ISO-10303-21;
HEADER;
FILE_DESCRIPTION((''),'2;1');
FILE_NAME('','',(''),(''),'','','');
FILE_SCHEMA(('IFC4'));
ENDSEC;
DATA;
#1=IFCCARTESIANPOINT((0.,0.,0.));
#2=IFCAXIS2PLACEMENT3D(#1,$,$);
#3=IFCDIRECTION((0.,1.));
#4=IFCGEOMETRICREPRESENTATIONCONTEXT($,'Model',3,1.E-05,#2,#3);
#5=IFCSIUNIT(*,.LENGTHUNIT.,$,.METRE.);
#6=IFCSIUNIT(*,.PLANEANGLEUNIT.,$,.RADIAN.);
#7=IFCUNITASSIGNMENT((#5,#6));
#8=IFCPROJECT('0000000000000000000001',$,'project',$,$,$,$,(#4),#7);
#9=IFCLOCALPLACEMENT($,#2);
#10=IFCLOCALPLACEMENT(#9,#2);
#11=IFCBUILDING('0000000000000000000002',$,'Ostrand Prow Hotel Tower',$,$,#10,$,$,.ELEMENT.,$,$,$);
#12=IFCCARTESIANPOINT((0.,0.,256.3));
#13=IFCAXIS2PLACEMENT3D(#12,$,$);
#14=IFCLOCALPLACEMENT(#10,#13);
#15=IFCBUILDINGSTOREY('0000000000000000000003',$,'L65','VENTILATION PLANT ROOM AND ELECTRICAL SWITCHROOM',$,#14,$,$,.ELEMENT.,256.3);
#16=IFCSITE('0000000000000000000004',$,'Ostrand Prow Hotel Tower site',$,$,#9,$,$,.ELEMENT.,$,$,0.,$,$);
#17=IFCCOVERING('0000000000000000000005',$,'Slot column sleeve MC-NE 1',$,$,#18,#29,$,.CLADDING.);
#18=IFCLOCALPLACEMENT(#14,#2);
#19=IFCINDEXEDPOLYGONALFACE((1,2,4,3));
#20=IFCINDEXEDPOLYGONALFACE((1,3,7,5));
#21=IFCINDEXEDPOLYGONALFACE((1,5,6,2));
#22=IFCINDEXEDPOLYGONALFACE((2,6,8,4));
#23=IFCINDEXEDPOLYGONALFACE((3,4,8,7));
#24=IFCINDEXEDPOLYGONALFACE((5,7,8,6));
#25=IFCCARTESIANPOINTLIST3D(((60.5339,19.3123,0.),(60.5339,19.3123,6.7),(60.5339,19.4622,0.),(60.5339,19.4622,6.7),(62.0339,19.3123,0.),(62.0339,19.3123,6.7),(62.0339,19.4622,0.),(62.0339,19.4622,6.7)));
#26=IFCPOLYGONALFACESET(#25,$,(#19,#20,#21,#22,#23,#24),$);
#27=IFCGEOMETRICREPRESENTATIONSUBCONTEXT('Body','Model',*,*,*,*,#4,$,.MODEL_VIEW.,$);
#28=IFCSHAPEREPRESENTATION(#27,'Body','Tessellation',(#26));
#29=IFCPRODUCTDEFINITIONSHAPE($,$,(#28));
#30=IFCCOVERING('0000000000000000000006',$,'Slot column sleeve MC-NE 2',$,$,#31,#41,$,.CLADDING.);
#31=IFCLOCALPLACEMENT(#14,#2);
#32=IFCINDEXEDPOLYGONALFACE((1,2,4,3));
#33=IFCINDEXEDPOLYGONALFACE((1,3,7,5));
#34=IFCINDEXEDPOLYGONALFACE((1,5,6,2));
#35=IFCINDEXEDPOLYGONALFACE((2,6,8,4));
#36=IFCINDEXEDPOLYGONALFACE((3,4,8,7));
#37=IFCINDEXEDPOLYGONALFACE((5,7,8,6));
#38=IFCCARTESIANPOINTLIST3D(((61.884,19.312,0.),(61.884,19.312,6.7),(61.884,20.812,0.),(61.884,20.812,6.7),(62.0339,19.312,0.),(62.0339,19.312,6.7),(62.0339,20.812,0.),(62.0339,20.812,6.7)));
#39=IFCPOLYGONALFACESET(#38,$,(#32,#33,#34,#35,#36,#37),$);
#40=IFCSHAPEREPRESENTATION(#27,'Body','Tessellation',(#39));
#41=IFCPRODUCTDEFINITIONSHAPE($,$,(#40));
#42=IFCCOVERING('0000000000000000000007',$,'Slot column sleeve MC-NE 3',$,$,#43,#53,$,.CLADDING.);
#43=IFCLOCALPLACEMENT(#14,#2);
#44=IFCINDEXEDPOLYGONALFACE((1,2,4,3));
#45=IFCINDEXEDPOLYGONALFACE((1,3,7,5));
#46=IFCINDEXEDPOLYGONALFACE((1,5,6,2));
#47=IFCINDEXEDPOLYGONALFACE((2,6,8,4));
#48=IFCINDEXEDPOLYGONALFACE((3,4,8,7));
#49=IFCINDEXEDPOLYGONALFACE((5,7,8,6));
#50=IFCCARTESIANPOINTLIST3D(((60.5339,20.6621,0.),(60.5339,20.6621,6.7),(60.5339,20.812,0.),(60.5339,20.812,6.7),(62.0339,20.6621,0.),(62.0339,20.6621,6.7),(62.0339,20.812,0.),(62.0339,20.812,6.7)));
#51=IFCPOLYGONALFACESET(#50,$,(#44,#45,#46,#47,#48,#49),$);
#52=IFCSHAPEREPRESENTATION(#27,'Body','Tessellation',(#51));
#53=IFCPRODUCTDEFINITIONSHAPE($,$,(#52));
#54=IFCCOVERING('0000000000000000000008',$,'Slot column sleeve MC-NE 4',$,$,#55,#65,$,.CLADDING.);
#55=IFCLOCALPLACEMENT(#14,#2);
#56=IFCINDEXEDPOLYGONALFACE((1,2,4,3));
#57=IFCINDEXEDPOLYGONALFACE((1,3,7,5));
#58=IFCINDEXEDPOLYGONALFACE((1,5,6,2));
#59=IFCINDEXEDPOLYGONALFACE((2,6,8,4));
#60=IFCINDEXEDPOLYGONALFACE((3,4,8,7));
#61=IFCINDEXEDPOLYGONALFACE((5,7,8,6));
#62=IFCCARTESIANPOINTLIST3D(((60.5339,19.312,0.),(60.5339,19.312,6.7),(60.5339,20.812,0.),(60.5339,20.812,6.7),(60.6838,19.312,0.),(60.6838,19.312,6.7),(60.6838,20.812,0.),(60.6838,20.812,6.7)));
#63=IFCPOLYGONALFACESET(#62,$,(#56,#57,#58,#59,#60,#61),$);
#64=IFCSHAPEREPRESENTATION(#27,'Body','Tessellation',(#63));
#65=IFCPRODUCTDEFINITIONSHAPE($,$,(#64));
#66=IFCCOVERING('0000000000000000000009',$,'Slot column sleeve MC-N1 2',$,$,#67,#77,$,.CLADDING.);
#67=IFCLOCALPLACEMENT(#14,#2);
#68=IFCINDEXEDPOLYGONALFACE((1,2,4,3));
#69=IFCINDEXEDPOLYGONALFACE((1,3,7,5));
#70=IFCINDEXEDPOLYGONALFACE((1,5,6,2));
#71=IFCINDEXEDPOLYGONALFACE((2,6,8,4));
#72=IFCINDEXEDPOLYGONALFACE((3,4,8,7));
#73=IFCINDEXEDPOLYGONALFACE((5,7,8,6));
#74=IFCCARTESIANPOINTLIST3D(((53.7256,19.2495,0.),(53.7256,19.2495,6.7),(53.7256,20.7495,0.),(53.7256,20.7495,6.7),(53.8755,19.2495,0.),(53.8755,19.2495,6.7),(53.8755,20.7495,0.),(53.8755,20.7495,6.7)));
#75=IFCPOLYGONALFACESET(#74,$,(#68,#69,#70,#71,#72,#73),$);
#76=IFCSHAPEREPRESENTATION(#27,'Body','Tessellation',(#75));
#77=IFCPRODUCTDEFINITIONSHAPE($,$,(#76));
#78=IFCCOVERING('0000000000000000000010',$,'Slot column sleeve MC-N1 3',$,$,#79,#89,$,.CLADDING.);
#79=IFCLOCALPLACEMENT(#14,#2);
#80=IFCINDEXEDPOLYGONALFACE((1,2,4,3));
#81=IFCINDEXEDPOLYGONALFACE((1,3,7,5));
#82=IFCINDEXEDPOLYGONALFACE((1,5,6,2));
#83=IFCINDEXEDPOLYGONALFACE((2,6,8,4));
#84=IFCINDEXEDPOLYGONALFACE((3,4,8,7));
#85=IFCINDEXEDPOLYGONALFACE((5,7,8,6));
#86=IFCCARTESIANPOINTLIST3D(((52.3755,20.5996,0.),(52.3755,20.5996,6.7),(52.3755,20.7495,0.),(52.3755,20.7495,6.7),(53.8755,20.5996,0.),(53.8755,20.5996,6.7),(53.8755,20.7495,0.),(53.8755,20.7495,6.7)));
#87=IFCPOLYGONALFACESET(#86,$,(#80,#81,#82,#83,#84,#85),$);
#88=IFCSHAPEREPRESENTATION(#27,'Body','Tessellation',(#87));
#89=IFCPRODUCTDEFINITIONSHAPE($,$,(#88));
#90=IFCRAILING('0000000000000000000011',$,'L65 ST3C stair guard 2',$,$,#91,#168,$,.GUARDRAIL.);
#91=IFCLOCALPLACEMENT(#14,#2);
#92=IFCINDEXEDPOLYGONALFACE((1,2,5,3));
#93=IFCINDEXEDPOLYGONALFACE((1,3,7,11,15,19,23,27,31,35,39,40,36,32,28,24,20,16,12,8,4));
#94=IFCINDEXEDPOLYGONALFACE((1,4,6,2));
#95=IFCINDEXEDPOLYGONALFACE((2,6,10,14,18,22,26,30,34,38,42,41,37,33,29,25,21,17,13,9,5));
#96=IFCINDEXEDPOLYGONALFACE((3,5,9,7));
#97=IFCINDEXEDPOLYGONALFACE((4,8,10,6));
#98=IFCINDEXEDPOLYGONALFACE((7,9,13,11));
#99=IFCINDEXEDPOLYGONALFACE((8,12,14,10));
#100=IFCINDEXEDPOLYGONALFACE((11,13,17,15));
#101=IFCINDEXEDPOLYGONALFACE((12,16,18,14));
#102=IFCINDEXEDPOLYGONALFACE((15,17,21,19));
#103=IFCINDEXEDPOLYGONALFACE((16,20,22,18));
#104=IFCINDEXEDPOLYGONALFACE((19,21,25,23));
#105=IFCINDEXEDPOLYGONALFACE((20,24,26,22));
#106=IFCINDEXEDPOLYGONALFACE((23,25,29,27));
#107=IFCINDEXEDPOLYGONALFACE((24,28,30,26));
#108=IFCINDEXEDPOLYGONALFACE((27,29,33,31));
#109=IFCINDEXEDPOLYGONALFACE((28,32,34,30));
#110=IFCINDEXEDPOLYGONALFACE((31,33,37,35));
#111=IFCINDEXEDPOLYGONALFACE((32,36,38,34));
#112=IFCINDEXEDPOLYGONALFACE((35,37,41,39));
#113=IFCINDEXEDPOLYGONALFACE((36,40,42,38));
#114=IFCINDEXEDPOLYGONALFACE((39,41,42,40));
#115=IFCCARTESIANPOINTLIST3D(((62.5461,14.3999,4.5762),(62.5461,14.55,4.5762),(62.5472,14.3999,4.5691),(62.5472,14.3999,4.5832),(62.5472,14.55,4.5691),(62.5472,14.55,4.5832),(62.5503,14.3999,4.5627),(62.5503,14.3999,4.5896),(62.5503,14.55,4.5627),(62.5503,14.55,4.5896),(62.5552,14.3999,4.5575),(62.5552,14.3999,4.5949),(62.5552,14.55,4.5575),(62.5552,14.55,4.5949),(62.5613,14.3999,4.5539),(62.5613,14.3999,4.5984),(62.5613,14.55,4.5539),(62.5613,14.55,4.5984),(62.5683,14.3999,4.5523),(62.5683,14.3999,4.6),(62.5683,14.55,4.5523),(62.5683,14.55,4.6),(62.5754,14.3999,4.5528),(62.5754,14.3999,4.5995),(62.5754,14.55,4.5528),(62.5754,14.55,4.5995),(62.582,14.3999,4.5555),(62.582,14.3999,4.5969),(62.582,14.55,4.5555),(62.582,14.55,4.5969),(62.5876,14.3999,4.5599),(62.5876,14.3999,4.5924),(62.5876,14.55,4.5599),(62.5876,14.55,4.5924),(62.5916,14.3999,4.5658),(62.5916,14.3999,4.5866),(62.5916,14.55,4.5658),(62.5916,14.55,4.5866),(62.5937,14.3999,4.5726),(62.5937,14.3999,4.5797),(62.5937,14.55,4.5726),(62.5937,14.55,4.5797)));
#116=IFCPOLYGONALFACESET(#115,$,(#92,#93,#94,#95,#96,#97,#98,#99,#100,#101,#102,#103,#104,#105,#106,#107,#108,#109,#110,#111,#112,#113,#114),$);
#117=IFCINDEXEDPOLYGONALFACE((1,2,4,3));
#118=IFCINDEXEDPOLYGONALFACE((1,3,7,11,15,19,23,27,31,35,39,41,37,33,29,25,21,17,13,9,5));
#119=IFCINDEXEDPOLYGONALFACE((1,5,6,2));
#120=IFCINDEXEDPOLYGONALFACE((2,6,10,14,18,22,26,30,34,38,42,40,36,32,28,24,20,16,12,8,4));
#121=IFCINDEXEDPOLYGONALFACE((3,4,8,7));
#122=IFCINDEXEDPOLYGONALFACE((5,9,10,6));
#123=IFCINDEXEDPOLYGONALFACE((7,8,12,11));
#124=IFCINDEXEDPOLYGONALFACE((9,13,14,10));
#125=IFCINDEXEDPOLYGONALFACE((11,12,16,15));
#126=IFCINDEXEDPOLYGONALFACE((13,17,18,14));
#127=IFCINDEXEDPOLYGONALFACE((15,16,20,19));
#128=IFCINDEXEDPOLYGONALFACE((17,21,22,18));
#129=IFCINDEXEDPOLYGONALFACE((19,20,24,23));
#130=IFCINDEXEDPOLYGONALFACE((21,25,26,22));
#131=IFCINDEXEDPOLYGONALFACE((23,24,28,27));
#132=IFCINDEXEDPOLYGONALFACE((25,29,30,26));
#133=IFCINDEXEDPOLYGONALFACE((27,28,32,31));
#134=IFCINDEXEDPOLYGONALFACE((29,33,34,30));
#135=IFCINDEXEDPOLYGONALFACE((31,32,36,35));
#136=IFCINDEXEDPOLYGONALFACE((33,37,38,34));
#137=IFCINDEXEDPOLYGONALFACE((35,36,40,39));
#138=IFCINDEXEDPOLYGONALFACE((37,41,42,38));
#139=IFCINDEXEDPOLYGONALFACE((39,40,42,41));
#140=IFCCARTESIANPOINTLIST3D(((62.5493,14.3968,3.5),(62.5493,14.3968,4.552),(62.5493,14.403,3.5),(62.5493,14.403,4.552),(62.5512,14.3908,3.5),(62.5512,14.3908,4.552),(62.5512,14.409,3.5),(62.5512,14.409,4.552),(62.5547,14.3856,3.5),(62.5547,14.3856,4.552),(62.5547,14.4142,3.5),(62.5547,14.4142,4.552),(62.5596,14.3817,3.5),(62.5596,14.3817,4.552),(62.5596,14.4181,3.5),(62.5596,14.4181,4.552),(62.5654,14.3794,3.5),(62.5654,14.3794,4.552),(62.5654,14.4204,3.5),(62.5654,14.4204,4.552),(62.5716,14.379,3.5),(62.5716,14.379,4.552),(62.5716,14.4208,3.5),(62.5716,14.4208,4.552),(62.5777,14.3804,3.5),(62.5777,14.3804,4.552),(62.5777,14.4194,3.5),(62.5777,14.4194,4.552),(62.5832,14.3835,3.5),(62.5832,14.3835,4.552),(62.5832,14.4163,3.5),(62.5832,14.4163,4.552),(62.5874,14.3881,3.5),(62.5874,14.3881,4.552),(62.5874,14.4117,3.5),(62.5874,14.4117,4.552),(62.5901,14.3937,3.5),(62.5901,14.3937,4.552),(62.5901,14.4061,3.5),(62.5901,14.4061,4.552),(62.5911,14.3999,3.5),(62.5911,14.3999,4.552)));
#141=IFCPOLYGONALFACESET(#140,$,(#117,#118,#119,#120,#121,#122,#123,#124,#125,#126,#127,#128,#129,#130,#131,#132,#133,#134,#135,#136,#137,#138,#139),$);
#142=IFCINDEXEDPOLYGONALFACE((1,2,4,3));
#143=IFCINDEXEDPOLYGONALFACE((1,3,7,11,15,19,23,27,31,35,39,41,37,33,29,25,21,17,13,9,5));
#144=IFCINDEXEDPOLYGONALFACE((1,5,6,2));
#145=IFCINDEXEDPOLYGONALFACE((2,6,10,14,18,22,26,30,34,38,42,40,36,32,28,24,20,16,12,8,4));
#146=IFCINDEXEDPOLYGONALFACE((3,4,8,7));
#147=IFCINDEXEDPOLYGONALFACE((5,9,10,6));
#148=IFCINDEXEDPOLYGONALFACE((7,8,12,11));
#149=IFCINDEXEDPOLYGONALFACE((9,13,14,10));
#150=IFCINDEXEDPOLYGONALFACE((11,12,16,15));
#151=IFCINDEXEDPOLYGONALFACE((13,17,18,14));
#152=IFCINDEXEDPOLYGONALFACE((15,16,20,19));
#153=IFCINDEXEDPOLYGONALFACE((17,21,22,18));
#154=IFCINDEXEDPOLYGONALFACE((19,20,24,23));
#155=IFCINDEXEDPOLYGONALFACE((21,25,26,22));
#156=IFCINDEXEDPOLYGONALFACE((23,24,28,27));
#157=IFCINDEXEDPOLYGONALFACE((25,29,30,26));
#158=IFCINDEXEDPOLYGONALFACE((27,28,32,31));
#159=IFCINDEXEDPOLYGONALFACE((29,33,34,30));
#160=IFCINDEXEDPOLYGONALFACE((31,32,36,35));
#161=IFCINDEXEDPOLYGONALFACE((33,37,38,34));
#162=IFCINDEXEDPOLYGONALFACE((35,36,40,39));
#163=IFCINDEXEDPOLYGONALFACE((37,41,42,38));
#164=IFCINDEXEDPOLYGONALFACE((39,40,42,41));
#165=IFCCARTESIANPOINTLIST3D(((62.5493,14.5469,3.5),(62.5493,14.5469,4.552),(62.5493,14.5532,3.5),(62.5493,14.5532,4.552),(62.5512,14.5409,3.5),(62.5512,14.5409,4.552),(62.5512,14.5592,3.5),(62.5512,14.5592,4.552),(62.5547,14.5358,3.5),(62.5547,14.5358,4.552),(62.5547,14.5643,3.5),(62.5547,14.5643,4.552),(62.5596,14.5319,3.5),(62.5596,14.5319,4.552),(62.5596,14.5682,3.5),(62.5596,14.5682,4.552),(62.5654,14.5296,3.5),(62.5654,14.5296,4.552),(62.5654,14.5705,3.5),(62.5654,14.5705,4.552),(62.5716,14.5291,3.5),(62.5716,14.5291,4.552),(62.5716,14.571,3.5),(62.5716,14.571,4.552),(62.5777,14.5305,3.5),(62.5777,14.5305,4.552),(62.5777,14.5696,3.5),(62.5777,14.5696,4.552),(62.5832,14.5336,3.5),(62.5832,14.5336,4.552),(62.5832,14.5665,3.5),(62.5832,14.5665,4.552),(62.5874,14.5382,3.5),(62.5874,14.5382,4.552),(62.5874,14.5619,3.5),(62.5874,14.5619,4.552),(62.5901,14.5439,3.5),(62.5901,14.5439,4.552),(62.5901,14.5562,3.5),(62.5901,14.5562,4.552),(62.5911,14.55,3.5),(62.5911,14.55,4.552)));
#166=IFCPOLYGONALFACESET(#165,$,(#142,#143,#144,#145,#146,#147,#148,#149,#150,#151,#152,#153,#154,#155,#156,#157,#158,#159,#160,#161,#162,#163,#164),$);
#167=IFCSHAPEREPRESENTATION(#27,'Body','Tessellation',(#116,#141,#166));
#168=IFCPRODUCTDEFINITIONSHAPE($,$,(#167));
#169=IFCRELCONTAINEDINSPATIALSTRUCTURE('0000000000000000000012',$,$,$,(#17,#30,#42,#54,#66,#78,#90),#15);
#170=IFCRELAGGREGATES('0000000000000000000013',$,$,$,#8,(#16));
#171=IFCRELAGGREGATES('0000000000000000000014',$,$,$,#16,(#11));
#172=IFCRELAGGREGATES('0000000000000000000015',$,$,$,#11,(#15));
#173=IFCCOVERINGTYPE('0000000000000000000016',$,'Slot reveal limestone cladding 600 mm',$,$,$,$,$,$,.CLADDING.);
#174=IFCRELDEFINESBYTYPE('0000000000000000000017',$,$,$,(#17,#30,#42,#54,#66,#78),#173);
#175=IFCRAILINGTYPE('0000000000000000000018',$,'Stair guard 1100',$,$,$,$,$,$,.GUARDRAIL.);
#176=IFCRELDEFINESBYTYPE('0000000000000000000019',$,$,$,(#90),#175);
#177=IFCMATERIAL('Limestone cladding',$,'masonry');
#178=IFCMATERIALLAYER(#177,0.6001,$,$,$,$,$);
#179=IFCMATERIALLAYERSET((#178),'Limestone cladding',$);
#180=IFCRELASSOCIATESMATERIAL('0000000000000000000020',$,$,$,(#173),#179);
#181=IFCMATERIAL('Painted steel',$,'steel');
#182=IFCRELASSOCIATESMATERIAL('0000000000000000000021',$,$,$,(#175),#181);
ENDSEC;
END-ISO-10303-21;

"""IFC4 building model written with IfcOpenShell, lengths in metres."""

from ifc_helpers import new_model, si_unit, direction, frame, frame_2d, origin, origin_2d, place, context, subcontext, project, spatial, rectangle, circle, extrude, material, layer, layer_set, type_object, element, save


model = new_model("IFC4")

# Units and contexts
model_context = context("Model", 3, precision=1e-05, world=origin(), true_north=direction((0.0, 1.0)))
body_context = subcontext(model_context, "Body", "Model", "MODEL_VIEW")
ifc_project = project(units=[si_unit("LENGTHUNIT", "METRE"), si_unit("PLANEANGLEUNIT", "RADIAN")], contexts=[model_context])

# Site, building, storey
site_placement = place(None, origin())
site = spatial("IfcSite", under=ifc_project, at=site_placement, Name="Ostrand Prow Hotel Tower site", CompositionType="ELEMENT", RefElevation=0.0)
building_placement = place(site_placement, origin())
building = spatial("IfcBuilding", under=site, at=building_placement, Name="Ostrand Prow Hotel Tower", CompositionType="ELEMENT")
storey_placement = place(building_placement, frame((0.0, 0.0, 256.3)))
storey = spatial("IfcBuildingStorey", under=building, at=storey_placement, Name="L65", Description="VENTILATION PLANT ROOM AND ELECTRICAL SWITCHROOM", CompositionType="ELEMENT", Elevation=256.3)

# Coverings
ifc_material_1 = material(Name="Limestone cladding", Category="masonry")
ifc_layer_1 = layer(ifc_material_1, 0.6001)
ifc_layer_set_1 = layer_set([ifc_layer_1], Name="Limestone cladding")
covering_type_1 = type_object("IfcCoveringType", Name="Slot reveal limestone cladding 600 mm", PredefinedType="CLADDING", material=ifc_layer_set_1)
for number, where, z_axis, x_axis, name in (
    (1, (60.5339, 19.3872, 0.0), (0.0, 0.0, 1.0), (1.0, 0.0, 0.0), "Slot column sleeve MC-NE 1"),
    (2, (61.959, 19.312, 0.0), (0.0, 0.0, 1.0), (0.0, 1.0, 0.0), "Slot column sleeve MC-NE 2"),
    (3, (62.0339, 20.7371, 0.0), (0.0, 0.0, 1.0), (-1.0, 0.0, 0.0), "Slot column sleeve MC-NE 3"),
    (4, (60.6089, 20.812, 0.0), (0.0, 0.0, 1.0), (0.0, -1.0, 0.0), "Slot column sleeve MC-NE 4"),
    (5, (53.8005, 19.2495, 0.0), (0.0, 0.0, 1.0), (0.0, 1.0, 0.0), "Slot column sleeve MC-N1 2"),
    (6, (53.8755, 20.6746, 0.0), (0.0, 0.0, 1.0), (-1.0, 0.0, 0.0), "Slot column sleeve MC-N1 3"),
):
    element("IfcCovering", number, at=place(storey_placement, frame(where, z_axis=z_axis, x_axis=x_axis)), inside=storey, type_object=covering_type_1, Name=name, PredefinedType="CLADDING", context=body_context, shape_type="SweptSolid", body=[
        extrude(rectangle(XDim=1.5, YDim=0.1499, at=frame_2d((0.75, 0.0))), origin(), (0.0, 0.0, 1.0), 6.7),
    ])

# Railing
ifc_material_2 = material(Name="Painted steel", Category="steel")
railing_type_1 = type_object("IfcRailingType", Name="Stair guard 1100", PredefinedType="GUARDRAIL", material=ifc_material_2)
railing_1_placement = place(storey_placement, frame((62.5701, 14.3999, 3.5)))
element("IfcRailing", 7, at=railing_1_placement, inside=storey, type_object=railing_type_1, Name="L65 ST3C stair guard 2", PredefinedType="GUARDRAIL", context=body_context, shape_type="SweptSolid", body=[
    extrude(circle(Radius=0.0239, at=origin_2d()), frame((0.0, 0.0, 1.0762), z_axis=(0.0, 1.0, 0.0), x_axis=(-1.0, 0.0, 0.0)), (0.0, 0.0, 1.0), 0.1501),
    extrude(circle(Radius=0.021, at=origin_2d()), origin(), (0.0, 0.0, 1.0), 1.052),
    extrude(circle(Radius=0.021, at=origin_2d()), frame((0.0, 0.1501, 0.0)), (0.0, 0.0, 1.0), 1.052),
])

save(model, "model.ifc")
